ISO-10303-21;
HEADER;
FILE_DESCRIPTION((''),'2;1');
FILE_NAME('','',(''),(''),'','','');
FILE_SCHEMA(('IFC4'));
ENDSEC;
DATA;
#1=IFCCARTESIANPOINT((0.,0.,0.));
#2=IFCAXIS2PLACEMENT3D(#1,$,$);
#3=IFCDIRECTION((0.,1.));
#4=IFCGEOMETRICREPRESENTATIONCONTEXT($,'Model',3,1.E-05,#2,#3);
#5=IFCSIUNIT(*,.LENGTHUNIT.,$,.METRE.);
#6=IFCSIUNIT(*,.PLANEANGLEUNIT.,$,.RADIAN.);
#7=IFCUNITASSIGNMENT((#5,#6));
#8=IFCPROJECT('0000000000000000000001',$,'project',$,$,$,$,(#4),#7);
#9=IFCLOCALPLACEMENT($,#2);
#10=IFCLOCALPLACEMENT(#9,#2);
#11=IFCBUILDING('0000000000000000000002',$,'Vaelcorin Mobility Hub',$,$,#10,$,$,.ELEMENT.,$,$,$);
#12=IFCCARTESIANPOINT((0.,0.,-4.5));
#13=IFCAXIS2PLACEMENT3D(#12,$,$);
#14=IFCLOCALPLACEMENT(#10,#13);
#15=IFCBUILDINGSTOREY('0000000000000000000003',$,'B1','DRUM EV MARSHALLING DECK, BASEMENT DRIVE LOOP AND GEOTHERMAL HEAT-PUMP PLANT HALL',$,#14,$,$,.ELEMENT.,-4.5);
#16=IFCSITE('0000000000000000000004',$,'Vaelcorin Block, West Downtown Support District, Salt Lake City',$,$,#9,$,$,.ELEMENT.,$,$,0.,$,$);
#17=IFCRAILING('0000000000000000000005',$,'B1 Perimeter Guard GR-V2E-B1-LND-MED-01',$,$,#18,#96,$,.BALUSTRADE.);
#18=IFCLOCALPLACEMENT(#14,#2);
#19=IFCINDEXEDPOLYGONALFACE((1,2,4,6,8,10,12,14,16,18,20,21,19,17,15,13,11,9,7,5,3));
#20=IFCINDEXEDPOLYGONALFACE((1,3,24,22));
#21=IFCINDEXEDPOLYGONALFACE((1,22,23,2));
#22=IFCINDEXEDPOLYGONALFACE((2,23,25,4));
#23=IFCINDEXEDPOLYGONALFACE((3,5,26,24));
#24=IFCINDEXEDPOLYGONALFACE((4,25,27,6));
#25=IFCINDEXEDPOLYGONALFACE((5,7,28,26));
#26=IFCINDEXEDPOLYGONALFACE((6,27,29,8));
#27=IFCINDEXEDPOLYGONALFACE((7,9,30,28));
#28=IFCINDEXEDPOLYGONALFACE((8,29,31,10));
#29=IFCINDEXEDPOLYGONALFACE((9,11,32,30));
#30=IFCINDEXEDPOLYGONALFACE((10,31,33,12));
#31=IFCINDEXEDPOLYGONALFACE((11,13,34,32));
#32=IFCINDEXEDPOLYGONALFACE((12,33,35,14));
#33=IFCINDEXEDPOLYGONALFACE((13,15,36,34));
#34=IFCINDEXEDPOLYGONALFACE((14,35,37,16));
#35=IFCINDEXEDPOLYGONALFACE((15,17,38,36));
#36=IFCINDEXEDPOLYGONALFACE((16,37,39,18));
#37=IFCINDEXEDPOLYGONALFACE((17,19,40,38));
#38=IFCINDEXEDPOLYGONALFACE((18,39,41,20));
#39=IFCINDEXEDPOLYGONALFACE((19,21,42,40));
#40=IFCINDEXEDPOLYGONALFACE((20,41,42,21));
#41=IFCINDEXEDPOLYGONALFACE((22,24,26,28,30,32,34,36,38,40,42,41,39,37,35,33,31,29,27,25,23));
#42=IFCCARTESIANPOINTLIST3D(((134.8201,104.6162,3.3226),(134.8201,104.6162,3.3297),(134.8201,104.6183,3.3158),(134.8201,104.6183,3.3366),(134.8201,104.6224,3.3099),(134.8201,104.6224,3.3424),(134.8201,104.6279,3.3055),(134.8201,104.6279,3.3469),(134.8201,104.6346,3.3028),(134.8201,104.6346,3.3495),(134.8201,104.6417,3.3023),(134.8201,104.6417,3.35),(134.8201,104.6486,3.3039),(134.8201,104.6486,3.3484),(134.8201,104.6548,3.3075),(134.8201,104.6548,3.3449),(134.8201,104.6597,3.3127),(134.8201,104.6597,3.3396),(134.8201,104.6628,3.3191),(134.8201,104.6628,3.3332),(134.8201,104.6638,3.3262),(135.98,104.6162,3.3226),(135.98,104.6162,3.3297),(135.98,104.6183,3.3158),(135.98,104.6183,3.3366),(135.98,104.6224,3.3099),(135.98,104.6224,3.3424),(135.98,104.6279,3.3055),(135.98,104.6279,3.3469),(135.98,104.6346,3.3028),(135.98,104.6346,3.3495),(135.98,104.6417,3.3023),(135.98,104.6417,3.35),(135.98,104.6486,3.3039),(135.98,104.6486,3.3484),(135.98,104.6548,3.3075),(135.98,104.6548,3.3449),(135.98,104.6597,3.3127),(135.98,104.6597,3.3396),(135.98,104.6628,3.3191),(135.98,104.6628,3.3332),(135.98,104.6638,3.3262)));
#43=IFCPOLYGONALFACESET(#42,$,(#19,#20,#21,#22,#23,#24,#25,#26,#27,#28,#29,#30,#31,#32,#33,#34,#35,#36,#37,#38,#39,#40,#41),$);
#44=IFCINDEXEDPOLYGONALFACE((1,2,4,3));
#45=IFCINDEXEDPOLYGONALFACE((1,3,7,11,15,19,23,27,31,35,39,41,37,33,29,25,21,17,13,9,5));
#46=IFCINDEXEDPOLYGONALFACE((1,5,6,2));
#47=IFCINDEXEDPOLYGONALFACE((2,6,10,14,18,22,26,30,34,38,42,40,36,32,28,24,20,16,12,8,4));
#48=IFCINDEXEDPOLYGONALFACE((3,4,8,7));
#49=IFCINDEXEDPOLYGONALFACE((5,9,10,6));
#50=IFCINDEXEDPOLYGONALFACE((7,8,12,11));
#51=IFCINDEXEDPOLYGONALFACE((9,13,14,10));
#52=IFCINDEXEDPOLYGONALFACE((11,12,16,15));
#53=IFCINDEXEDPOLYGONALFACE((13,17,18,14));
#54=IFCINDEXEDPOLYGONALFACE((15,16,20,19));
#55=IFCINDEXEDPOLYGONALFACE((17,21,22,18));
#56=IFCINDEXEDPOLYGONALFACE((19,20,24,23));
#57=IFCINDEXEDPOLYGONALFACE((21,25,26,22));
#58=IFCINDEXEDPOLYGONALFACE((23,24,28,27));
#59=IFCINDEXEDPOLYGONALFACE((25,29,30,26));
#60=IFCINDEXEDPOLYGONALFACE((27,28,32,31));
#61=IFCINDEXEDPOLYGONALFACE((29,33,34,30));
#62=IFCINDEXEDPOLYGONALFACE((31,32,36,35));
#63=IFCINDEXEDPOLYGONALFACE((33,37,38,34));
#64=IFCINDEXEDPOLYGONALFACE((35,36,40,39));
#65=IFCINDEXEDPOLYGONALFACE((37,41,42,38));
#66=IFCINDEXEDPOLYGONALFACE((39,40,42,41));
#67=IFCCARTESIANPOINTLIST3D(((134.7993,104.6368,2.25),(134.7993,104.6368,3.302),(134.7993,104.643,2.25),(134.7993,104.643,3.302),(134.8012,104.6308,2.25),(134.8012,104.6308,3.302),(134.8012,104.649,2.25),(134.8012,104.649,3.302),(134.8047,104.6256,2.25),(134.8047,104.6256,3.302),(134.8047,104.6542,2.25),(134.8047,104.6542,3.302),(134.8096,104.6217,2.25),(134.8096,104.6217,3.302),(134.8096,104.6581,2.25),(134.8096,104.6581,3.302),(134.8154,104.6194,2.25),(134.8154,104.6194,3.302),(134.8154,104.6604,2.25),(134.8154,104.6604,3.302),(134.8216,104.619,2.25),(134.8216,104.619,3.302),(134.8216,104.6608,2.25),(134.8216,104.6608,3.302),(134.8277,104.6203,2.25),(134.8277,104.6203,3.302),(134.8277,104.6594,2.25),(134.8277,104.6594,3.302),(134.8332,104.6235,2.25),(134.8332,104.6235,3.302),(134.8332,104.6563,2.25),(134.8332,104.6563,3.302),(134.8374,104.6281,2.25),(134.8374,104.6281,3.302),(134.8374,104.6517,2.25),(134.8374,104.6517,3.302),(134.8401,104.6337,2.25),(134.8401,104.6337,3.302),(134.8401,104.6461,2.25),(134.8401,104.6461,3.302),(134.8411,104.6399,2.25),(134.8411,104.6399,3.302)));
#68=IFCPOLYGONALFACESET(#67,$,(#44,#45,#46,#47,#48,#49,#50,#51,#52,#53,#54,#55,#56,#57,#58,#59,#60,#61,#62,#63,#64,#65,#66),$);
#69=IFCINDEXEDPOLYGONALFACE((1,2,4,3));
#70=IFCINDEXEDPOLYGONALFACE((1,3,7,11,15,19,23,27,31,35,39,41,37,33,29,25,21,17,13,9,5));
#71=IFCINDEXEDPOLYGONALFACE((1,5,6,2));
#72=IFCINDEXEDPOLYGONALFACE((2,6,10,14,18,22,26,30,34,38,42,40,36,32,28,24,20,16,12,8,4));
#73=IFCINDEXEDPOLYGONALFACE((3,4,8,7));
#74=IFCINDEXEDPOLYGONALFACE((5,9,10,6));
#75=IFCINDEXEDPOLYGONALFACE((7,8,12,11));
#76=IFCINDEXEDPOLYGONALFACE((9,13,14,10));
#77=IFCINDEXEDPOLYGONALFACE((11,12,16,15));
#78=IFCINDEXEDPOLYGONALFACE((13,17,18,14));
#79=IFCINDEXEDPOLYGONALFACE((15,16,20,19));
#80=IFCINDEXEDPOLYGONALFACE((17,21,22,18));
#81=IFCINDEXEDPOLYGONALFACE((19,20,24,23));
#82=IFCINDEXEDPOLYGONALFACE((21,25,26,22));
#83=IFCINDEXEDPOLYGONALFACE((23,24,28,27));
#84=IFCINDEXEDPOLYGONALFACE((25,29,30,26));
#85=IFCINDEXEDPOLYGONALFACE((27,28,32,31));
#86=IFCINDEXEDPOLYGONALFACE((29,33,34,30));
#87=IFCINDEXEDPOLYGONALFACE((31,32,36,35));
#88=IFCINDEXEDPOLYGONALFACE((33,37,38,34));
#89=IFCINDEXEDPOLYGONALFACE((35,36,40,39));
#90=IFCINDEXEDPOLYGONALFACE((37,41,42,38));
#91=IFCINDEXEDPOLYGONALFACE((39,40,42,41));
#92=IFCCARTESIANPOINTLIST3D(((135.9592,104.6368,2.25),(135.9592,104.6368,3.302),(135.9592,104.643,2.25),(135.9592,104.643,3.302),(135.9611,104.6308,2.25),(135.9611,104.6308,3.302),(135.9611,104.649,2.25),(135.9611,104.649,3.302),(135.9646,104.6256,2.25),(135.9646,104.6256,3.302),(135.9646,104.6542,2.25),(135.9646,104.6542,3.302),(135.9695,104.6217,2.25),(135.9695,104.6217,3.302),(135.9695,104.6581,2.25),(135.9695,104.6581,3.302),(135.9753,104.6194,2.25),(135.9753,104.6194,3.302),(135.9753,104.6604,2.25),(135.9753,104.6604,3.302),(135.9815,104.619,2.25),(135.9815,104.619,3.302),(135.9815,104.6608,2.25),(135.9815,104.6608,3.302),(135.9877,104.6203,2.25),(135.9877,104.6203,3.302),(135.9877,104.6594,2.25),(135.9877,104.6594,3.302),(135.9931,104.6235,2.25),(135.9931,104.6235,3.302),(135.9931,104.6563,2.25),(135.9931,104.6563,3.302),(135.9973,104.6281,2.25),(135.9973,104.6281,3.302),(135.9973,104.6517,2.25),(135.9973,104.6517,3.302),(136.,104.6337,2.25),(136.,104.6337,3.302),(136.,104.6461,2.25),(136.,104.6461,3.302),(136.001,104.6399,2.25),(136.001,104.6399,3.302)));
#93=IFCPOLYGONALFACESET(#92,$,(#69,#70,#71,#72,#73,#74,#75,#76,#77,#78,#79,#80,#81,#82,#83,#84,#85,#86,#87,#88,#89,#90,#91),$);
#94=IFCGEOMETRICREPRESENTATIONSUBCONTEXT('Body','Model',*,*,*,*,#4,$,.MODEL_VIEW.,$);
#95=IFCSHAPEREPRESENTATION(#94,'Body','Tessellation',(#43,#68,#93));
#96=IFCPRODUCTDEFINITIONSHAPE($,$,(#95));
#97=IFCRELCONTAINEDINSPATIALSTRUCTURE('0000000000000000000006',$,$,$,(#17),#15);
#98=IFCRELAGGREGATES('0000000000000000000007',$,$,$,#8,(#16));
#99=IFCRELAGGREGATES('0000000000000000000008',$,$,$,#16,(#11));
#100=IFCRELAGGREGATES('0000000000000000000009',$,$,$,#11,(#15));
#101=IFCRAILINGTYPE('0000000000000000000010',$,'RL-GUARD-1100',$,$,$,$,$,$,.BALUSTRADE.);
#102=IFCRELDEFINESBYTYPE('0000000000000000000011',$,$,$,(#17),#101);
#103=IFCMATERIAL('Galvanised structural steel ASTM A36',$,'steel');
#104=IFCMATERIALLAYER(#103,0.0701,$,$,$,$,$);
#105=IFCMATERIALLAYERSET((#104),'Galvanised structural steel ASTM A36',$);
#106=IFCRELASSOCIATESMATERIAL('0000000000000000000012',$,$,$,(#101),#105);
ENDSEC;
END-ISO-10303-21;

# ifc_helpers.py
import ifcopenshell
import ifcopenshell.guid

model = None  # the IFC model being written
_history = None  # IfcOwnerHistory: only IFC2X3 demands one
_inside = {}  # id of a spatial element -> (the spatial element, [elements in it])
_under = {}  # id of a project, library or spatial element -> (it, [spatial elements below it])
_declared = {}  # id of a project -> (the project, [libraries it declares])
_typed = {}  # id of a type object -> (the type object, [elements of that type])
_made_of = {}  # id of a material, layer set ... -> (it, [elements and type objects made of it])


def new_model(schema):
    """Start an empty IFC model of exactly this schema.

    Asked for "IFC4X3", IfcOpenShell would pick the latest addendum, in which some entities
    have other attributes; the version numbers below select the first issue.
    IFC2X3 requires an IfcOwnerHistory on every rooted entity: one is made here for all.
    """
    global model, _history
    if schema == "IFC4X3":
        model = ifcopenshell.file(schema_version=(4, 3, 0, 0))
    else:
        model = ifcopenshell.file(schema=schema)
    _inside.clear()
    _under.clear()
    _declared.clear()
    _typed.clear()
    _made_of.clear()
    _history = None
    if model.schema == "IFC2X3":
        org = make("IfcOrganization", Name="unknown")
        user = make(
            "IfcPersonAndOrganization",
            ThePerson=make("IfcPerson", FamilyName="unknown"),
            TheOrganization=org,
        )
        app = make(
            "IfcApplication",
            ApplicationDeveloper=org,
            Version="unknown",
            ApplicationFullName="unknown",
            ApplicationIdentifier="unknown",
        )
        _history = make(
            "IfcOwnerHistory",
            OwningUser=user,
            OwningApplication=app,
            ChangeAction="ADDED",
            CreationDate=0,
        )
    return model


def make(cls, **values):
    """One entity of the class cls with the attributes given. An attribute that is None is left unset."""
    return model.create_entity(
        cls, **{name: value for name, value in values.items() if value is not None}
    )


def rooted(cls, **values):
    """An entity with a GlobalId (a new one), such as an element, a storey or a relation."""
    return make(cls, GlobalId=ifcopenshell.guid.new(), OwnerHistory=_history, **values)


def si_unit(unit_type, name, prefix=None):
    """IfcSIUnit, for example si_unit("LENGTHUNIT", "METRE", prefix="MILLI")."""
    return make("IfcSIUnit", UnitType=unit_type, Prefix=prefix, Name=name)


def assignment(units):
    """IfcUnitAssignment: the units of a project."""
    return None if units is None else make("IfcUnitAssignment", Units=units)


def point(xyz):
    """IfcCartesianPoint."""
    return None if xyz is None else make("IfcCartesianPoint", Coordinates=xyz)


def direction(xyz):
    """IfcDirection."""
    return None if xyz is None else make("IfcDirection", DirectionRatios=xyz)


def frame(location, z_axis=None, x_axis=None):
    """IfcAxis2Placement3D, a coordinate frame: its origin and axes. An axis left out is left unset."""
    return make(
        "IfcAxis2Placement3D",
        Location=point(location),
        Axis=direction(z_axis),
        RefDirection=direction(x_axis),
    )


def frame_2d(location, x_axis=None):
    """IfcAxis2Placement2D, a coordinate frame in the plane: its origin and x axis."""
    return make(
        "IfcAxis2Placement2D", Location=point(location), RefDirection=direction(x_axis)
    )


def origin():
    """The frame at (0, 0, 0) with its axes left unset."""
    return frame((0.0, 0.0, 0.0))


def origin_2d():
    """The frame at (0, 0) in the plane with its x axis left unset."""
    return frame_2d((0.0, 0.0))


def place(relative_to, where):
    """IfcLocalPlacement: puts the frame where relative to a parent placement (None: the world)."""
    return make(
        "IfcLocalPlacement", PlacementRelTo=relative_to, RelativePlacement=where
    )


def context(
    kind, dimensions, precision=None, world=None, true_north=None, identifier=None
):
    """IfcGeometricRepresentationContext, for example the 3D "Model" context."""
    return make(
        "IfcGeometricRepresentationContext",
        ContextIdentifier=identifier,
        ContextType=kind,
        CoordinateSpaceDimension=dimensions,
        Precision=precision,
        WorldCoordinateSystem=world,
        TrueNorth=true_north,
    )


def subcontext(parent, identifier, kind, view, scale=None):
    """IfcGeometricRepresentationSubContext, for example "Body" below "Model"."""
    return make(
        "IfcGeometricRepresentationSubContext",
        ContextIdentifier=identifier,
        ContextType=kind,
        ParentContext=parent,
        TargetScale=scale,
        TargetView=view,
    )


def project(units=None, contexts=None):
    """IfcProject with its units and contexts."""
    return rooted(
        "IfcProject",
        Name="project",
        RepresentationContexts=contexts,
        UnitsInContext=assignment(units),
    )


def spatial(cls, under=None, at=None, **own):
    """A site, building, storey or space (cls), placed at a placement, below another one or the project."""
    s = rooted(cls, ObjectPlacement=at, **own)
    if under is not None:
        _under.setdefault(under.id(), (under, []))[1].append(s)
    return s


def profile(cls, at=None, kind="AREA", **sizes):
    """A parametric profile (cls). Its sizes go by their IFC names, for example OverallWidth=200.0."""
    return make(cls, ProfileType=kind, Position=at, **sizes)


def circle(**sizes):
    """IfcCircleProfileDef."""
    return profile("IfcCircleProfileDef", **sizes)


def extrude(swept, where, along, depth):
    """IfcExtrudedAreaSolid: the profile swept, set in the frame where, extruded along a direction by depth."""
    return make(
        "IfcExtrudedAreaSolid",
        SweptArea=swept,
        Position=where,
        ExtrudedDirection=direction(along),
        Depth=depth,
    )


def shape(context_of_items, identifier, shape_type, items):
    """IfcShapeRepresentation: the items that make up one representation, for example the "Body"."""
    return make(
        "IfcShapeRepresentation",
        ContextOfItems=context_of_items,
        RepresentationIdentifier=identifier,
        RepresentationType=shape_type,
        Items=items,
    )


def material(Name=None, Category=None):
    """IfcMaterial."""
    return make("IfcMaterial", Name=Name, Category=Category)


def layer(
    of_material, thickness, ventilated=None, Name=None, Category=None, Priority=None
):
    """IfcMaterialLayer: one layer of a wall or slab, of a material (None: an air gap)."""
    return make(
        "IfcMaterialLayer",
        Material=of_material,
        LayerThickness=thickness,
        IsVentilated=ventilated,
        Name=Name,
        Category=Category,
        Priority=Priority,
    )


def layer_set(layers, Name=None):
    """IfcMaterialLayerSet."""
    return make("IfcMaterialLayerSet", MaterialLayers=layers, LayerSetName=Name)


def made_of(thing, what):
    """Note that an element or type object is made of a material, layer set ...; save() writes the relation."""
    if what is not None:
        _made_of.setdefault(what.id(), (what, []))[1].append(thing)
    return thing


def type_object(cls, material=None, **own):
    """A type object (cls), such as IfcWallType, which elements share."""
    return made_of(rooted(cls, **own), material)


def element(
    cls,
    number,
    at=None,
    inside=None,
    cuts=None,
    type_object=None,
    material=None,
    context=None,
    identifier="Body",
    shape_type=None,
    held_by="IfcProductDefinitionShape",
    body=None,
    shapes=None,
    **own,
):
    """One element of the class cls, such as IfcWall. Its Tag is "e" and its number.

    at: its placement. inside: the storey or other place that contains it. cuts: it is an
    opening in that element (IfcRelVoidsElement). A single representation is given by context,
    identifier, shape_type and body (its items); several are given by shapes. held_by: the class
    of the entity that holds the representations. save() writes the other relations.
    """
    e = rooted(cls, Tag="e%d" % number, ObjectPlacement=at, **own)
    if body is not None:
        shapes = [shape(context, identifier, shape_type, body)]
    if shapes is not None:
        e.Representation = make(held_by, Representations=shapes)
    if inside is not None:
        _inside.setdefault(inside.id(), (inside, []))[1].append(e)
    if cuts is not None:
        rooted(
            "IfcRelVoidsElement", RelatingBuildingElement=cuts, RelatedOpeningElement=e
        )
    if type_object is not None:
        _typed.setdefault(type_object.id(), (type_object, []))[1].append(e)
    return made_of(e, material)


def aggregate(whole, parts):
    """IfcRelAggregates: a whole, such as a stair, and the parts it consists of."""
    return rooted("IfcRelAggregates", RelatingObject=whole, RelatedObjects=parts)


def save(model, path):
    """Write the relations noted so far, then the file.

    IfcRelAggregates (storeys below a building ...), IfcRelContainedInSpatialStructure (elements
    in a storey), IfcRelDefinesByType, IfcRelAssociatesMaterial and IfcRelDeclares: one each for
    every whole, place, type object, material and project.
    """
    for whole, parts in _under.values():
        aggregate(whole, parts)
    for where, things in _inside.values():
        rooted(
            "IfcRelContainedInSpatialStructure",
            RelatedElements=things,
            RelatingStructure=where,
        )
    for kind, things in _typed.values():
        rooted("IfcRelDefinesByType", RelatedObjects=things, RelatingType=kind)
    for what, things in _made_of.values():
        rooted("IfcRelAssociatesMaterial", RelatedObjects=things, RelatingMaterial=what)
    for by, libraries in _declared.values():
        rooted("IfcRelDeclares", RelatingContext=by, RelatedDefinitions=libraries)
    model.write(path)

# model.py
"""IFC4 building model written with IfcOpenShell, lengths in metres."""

from ifc_helpers import new_model, si_unit, direction, frame, origin, origin_2d, place, context, subcontext, project, spatial, circle, extrude, material, layer, layer_set, type_object, element, save


model = new_model("IFC4")

# Units and contexts
model_context = context("Model", 3, precision=1e-05, world=origin(), true_north=direction((0.0, 1.0)))
body_context = subcontext(model_context, "Body", "Model", "MODEL_VIEW")
ifc_project = project(units=[si_unit("LENGTHUNIT", "METRE"), si_unit("PLANEANGLEUNIT", "RADIAN")], contexts=[model_context])

# Site, building, storey
site_placement = place(None, origin())
site = spatial("IfcSite", under=ifc_project, at=site_placement, Name="Vaelcorin Block, West Downtown Support District, Salt Lake City", CompositionType="ELEMENT", RefElevation=0.0)
building_placement = place(site_placement, origin())
building = spatial("IfcBuilding", under=site, at=building_placement, Name="Vaelcorin Mobility Hub", CompositionType="ELEMENT")
storey_placement = place(building_placement, frame((0.0, 0.0, -4.5)))
storey = spatial("IfcBuildingStorey", under=building, at=storey_placement, Name="B1", Description="DRUM EV MARSHALLING DECK, BASEMENT DRIVE LOOP AND GEOTHERMAL HEAT-PUMP PLANT HALL", CompositionType="ELEMENT", Elevation=-4.5)

# Railing
ifc_material_1 = material(Name="Galvanised structural steel ASTM A36", Category="steel")
ifc_layer_1 = layer(ifc_material_1, 0.0701)
ifc_layer_set_1 = layer_set([ifc_layer_1], Name="Galvanised structural steel ASTM A36")
railing_type = type_object("IfcRailingType", Name="RL-GUARD-1100", PredefinedType="BALUSTRADE", material=ifc_layer_set_1)
railing_1_placement = place(storey_placement, frame((134.8201, 104.6399, 2.25)))
element("IfcRailing", 1, at=railing_1_placement, inside=storey, type_object=railing_type, Name="B1 Perimeter Guard GR-V2E-B1-LND-MED-01", PredefinedType="BALUSTRADE", context=body_context, shape_type="SweptSolid", body=[
    extrude(circle(Radius=0.0239, at=origin_2d()), frame((0.0, 0.0, 1.0762), z_axis=(1.0, 0.0, 0.0), x_axis=(0.0, 1.0, 0.0)), (0.0, 0.0, 1.0), 1.1599),
    extrude(circle(Radius=0.021, at=origin_2d()), origin(), (0.0, 0.0, 1.0), 1.052),
    extrude(circle(Radius=0.021, at=origin_2d()), frame((1.1599, 0.0, 0.0)), (0.0, 0.0, 1.0), 1.052),
])

save(model, "model.ifc")
